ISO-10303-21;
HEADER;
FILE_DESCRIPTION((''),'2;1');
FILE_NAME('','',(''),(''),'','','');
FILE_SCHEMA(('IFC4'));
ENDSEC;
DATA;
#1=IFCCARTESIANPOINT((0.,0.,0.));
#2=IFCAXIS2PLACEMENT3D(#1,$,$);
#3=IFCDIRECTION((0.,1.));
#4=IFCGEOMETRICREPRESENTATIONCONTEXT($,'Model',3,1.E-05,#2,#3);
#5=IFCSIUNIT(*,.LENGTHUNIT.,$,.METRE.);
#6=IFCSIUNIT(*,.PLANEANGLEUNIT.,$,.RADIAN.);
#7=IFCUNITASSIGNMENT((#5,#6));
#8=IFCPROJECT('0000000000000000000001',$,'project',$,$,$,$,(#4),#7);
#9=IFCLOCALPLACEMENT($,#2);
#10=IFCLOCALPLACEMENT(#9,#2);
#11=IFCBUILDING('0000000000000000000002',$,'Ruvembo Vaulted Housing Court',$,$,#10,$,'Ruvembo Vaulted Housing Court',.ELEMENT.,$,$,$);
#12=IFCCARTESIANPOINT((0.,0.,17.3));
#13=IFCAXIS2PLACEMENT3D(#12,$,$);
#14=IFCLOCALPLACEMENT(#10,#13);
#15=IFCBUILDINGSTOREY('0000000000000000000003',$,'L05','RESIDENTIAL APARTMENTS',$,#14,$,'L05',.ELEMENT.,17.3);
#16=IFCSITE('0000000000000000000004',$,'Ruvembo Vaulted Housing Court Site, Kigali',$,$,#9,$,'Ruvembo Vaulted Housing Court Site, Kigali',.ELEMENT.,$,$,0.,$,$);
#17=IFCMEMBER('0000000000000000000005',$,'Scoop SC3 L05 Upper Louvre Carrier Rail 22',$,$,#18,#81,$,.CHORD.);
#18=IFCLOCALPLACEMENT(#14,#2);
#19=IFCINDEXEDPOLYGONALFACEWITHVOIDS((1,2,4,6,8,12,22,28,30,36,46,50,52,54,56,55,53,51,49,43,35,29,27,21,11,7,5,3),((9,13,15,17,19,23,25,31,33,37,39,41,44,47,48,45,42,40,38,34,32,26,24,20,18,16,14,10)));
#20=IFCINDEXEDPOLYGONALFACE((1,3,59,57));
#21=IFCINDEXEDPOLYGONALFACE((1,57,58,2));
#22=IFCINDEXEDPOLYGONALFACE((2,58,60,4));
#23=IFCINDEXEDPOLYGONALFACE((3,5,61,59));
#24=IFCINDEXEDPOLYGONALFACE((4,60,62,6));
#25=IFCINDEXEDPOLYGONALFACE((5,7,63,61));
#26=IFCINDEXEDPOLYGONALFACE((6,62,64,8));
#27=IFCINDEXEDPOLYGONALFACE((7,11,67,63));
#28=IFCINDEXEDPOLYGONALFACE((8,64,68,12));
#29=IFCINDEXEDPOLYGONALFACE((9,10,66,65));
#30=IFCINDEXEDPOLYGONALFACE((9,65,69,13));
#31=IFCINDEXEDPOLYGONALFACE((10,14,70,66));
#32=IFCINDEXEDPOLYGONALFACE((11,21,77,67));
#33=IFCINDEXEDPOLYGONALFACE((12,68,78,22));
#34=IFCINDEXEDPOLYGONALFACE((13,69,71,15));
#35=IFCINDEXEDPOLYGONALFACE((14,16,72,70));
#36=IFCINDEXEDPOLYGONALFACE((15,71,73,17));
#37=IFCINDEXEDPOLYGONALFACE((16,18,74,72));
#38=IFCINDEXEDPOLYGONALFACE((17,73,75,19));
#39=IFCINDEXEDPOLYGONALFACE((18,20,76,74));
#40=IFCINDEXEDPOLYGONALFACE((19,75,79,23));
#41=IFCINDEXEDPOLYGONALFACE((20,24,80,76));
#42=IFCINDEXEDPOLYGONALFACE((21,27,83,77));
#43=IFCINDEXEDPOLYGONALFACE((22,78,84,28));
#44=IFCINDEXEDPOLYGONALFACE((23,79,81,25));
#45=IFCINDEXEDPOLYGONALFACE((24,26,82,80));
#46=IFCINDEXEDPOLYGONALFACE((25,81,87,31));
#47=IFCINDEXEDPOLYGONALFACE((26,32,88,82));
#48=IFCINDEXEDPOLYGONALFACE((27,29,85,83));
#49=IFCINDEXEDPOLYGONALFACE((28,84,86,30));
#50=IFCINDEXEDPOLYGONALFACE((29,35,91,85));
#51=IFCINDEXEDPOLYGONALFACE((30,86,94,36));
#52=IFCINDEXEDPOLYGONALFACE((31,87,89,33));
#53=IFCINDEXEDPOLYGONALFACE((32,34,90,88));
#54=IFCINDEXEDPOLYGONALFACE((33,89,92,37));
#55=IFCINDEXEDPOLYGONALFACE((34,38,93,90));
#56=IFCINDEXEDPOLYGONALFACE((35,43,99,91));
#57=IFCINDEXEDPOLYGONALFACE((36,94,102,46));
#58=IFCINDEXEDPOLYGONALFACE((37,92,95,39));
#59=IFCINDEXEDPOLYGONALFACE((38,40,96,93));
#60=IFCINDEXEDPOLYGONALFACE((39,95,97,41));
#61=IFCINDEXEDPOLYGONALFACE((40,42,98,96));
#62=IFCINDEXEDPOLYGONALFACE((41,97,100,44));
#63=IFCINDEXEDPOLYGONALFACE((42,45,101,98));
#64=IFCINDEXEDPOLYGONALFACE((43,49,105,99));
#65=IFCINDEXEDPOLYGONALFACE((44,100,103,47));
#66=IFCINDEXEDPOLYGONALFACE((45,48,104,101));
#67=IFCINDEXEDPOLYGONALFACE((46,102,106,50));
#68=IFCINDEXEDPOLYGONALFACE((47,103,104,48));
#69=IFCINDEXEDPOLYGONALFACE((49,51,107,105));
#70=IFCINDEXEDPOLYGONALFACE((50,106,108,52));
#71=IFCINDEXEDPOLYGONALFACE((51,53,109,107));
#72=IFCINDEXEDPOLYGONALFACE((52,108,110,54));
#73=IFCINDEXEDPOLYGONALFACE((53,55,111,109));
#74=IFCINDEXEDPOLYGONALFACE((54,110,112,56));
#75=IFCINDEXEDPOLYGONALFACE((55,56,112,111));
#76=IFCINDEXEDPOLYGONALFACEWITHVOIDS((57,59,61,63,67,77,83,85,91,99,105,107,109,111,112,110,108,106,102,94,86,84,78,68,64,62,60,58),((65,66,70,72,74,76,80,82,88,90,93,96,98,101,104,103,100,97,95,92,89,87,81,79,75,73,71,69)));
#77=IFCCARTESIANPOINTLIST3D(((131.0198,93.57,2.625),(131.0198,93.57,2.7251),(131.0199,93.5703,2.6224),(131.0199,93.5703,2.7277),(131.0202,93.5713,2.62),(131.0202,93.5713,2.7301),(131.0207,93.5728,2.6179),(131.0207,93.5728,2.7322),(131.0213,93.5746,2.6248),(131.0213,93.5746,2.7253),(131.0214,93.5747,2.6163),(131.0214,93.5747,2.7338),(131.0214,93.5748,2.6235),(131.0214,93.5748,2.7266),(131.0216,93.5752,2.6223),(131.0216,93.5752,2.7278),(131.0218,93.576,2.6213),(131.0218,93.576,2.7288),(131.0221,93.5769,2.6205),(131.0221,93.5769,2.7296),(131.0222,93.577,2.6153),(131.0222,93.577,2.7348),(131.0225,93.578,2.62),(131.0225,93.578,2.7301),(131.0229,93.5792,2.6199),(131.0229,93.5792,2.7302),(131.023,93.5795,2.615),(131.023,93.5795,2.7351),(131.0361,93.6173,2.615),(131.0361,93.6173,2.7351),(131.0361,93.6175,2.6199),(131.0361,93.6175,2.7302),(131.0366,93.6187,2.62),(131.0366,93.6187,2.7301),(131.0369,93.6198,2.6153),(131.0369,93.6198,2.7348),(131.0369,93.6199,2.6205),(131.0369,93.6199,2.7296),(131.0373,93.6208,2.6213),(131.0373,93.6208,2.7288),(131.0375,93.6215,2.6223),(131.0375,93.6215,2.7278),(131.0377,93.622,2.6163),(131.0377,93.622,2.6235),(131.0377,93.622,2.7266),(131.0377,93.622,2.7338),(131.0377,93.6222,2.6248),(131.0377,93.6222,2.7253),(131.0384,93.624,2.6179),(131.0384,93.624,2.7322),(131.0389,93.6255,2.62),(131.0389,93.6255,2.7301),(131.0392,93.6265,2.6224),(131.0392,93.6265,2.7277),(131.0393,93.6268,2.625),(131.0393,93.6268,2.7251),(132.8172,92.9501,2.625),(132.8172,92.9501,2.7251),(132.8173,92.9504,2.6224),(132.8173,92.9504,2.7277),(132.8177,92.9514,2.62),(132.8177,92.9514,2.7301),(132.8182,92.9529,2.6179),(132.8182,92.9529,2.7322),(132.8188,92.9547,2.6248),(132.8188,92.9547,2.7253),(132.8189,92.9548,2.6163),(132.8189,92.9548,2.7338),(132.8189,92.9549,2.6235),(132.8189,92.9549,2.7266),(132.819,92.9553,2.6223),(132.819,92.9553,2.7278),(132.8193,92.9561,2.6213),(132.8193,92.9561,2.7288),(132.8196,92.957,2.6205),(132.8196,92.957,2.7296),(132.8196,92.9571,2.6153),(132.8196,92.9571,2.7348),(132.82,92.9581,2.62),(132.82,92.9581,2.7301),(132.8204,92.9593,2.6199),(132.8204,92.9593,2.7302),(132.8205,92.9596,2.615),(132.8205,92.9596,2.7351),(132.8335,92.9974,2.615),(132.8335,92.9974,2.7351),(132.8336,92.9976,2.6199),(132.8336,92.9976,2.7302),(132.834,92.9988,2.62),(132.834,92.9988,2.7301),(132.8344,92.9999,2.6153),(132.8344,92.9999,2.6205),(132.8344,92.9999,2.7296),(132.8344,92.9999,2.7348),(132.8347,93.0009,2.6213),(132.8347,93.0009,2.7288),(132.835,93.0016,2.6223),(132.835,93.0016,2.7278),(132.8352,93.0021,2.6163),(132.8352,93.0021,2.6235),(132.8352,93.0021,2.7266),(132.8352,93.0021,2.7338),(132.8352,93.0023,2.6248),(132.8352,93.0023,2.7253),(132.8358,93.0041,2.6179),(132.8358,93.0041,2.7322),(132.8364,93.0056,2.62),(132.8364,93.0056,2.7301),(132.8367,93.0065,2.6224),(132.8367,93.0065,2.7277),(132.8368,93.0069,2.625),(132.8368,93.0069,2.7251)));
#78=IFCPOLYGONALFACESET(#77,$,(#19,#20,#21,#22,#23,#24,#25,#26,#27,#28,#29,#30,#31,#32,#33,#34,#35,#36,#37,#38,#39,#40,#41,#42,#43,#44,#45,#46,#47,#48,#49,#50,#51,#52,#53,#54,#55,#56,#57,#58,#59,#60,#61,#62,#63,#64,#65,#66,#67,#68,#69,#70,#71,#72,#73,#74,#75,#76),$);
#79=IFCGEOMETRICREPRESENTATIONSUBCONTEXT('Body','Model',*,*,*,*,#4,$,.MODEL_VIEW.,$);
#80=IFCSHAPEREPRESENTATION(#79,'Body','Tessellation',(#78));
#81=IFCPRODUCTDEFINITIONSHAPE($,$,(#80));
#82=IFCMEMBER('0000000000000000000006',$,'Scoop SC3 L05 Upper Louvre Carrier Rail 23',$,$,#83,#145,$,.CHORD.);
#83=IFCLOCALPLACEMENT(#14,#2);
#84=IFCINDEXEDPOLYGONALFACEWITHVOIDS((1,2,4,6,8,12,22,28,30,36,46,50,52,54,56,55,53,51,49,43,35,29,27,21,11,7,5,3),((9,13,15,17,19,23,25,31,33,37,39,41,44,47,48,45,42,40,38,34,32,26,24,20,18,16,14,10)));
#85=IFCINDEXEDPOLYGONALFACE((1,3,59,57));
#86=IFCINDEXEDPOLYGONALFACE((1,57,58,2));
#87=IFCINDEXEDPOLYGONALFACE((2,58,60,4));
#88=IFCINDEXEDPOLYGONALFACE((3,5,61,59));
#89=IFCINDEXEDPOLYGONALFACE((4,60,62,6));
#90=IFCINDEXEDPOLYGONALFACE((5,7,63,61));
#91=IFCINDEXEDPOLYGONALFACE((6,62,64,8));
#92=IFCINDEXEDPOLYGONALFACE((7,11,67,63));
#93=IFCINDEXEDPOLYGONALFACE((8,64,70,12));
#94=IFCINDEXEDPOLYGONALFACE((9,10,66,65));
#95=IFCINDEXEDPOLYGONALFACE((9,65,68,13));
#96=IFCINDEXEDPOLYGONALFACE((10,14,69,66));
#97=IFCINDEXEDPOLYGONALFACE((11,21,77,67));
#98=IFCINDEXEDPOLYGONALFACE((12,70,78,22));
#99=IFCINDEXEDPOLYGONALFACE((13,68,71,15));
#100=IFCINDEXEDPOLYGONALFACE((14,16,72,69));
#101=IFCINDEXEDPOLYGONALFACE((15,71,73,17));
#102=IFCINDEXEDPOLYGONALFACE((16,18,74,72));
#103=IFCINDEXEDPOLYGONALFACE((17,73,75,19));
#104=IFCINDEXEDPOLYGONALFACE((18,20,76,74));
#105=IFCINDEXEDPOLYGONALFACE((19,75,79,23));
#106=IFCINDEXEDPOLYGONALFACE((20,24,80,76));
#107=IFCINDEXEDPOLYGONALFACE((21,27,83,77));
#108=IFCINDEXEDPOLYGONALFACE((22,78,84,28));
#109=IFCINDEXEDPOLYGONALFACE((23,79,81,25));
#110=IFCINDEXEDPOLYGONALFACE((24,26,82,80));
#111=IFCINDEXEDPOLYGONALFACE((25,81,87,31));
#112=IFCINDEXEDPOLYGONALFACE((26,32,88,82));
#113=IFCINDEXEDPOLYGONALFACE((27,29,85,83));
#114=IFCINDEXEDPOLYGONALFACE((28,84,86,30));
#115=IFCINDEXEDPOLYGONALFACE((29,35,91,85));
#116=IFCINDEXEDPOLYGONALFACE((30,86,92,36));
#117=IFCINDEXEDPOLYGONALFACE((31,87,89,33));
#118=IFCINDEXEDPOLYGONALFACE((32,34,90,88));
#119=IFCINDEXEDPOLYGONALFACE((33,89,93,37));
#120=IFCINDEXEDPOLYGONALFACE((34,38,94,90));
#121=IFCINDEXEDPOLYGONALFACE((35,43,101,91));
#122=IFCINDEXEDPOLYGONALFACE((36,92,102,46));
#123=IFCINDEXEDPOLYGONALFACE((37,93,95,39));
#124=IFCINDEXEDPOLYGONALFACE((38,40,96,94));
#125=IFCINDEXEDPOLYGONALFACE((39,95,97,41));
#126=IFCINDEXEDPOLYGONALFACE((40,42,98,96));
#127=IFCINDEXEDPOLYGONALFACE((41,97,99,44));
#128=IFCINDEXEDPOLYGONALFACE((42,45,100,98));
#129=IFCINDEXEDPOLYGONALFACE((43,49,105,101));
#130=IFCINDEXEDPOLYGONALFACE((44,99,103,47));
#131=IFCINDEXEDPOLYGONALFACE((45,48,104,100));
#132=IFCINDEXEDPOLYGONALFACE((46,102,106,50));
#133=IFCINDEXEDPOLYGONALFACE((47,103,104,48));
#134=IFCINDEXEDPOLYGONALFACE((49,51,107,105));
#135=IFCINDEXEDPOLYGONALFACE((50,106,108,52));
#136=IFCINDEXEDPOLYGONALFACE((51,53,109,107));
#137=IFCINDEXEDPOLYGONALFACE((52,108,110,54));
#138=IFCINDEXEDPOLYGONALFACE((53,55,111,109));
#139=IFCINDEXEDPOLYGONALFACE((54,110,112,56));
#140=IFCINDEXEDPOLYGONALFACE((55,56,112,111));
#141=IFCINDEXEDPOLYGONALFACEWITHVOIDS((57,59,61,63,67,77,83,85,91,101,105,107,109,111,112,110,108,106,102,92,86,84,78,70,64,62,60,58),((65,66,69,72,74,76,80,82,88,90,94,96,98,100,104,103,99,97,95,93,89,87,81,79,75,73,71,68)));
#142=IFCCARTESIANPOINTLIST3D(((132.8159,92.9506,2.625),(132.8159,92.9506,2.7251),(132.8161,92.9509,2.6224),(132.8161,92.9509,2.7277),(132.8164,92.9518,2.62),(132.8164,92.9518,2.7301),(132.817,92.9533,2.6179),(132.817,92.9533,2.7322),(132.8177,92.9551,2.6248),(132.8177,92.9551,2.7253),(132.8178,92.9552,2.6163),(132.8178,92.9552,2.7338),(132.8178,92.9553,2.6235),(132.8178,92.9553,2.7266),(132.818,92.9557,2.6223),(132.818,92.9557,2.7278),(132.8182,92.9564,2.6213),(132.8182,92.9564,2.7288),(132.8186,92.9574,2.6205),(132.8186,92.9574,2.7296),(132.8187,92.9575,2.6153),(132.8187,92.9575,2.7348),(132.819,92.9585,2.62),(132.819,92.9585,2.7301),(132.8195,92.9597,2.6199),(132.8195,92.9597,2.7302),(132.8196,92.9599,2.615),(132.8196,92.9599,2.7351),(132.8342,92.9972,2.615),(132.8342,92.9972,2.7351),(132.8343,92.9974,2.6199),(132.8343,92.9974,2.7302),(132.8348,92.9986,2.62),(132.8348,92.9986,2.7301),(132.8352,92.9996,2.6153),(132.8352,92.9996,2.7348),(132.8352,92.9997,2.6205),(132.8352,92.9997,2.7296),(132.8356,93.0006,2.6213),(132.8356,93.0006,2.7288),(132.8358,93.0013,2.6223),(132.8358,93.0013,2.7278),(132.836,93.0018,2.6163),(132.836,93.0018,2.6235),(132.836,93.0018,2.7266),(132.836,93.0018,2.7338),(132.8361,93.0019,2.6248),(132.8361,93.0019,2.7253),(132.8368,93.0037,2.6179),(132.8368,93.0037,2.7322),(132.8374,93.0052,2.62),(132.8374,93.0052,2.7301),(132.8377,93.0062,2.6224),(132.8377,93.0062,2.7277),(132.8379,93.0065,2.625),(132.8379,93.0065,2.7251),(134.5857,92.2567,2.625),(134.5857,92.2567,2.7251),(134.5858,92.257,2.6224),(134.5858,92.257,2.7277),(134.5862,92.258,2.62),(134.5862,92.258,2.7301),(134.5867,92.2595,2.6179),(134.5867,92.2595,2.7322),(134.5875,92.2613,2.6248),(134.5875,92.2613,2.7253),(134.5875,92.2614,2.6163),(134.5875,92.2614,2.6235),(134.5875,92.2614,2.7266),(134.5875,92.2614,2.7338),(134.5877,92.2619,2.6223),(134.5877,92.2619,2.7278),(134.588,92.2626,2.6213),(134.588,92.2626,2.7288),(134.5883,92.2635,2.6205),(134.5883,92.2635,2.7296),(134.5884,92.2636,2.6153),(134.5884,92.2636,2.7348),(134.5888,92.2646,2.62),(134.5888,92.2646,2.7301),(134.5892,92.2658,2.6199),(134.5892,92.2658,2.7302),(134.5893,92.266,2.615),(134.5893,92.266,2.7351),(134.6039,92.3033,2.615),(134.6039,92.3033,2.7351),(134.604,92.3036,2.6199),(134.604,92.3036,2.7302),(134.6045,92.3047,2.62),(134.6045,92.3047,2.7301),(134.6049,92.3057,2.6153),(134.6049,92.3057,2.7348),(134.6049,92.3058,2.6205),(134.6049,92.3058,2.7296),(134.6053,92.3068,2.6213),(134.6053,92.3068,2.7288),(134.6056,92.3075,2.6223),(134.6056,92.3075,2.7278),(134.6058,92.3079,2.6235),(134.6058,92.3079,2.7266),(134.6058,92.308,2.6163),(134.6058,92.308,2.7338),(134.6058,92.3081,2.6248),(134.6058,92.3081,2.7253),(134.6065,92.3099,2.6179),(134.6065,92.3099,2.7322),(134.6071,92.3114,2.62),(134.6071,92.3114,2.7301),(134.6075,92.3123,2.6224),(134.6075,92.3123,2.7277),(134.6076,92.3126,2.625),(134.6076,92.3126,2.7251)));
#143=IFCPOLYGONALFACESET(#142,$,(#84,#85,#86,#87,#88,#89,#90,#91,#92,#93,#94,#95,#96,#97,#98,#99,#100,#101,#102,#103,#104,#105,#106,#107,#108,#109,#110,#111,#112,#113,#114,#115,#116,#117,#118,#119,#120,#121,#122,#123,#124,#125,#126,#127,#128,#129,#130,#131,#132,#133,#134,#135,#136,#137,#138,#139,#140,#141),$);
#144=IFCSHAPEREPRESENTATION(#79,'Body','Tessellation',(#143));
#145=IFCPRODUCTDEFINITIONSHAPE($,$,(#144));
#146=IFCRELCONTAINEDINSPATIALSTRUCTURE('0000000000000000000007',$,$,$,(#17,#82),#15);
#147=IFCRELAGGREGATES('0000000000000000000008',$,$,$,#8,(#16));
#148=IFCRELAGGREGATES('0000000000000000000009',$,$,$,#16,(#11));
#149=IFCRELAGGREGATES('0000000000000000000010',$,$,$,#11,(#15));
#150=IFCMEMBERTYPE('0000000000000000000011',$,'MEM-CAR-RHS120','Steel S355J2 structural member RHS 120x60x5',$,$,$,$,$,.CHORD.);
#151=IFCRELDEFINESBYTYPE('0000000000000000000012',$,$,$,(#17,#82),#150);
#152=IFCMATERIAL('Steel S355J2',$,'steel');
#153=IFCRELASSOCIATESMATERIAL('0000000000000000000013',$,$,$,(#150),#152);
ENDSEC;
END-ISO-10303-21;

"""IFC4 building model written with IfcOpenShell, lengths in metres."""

from ifc_helpers import new_model, si_unit, direction, frame, origin, origin_2d, place, context, subcontext, project, spatial, hollow_rectangle, extrude, material, material_profile, profile_set, type_object, element, save


model = new_model("IFC4")

# Units and contexts
model_context = context("Model", 3, precision=1e-05, world=origin(), true_north=direction((0.0, 1.0)))
body_context = subcontext(model_context, "Body", "Model", "MODEL_VIEW")
ifc_project = project(units=[si_unit("LENGTHUNIT", "METRE"), si_unit("PLANEANGLEUNIT", "RADIAN")], contexts=[model_context])

# Site, building, storey
site_placement = place(None, origin())
site = spatial("IfcSite", under=ifc_project, at=site_placement, Name="Ruvembo Vaulted Housing Court Site, Kigali", LongName="Ruvembo Vaulted Housing Court Site, Kigali", CompositionType="ELEMENT", RefElevation=0.0)
building_placement = place(site_placement, origin())
building = spatial("IfcBuilding", under=site, at=building_placement, Name="Ruvembo Vaulted Housing Court", LongName="Ruvembo Vaulted Housing Court", CompositionType="ELEMENT")
storey_placement = place(building_placement, frame((0.0, 0.0, 17.3)))
storey = spatial("IfcBuildingStorey", under=building, at=storey_placement, Name="L05", Description="RESIDENTIAL APARTMENTS", LongName="L05", CompositionType="ELEMENT", Elevation=17.3)

# Shared definitions
ifc_material_1 = material(Name="Steel S355J2", Category="steel")

# Members
ifc_material_profile_1 = material_profile(ifc_material_1, hollow_rectangle(XDim=0.0601, YDim=0.1201, WallThickness=0.0049, InnerFilletRadius=0.0049, OuterFilletRadius=0.01, at=origin_2d()), Name="RHS 120x60x5")
ifc_profile_set_1 = profile_set([ifc_material_profile_1], Name="Steel S355J2")
member_type_1 = type_object("IfcMemberType", Name="MEM-CAR-RHS120", Description="Steel S355J2 structural member RHS 120x60x5", PredefinedType="CHORD", material=ifc_profile_set_1)
member_1_placement = place(storey_placement, frame((131.0295, 93.5984, 2.675), z_axis=(0.945358, -0.326034, 0.0), x_axis=(0.326034, 0.945358, 0.0)))
element("IfcMember", 1, at=member_1_placement, inside=storey, type_object=member_type_1, Name="Scoop SC3 L05 Upper Louvre Carrier Rail 22", PredefinedType="CHORD", context=body_context, shape_type="SweptSolid", body=[
    extrude(hollow_rectangle(XDim=0.0601, YDim=0.1201, WallThickness=0.0049, InnerFilletRadius=0.0049, OuterFilletRadius=0.01, at=origin_2d()), origin(), (0.0, 0.0, 1.0), 1.9014),
])
for number, where, z_axis, x_axis, name in (
    (2, (132.8269, 92.9785, 2.675), (0.931006, -0.365005, 0.0), (0.365005, 0.931006, 0.0), "Scoop SC3 L05 Upper Louvre Carrier Rail 23"),
):
    element("IfcMember", number, at=place(storey_placement, frame(where, z_axis=z_axis, x_axis=x_axis)), inside=storey, type_object=member_type_1, Name=name, PredefinedType="CHORD", context=body_context, shape_type="SweptSolid", body=[
        extrude(hollow_rectangle(XDim=0.0601, YDim=0.1201, WallThickness=0.0049, InnerFilletRadius=0.0049, OuterFilletRadius=0.01, at=origin_2d()), origin(), (0.0, 0.0, 1.0), 1.9009),
    ])

save(model, "model.ifc")
